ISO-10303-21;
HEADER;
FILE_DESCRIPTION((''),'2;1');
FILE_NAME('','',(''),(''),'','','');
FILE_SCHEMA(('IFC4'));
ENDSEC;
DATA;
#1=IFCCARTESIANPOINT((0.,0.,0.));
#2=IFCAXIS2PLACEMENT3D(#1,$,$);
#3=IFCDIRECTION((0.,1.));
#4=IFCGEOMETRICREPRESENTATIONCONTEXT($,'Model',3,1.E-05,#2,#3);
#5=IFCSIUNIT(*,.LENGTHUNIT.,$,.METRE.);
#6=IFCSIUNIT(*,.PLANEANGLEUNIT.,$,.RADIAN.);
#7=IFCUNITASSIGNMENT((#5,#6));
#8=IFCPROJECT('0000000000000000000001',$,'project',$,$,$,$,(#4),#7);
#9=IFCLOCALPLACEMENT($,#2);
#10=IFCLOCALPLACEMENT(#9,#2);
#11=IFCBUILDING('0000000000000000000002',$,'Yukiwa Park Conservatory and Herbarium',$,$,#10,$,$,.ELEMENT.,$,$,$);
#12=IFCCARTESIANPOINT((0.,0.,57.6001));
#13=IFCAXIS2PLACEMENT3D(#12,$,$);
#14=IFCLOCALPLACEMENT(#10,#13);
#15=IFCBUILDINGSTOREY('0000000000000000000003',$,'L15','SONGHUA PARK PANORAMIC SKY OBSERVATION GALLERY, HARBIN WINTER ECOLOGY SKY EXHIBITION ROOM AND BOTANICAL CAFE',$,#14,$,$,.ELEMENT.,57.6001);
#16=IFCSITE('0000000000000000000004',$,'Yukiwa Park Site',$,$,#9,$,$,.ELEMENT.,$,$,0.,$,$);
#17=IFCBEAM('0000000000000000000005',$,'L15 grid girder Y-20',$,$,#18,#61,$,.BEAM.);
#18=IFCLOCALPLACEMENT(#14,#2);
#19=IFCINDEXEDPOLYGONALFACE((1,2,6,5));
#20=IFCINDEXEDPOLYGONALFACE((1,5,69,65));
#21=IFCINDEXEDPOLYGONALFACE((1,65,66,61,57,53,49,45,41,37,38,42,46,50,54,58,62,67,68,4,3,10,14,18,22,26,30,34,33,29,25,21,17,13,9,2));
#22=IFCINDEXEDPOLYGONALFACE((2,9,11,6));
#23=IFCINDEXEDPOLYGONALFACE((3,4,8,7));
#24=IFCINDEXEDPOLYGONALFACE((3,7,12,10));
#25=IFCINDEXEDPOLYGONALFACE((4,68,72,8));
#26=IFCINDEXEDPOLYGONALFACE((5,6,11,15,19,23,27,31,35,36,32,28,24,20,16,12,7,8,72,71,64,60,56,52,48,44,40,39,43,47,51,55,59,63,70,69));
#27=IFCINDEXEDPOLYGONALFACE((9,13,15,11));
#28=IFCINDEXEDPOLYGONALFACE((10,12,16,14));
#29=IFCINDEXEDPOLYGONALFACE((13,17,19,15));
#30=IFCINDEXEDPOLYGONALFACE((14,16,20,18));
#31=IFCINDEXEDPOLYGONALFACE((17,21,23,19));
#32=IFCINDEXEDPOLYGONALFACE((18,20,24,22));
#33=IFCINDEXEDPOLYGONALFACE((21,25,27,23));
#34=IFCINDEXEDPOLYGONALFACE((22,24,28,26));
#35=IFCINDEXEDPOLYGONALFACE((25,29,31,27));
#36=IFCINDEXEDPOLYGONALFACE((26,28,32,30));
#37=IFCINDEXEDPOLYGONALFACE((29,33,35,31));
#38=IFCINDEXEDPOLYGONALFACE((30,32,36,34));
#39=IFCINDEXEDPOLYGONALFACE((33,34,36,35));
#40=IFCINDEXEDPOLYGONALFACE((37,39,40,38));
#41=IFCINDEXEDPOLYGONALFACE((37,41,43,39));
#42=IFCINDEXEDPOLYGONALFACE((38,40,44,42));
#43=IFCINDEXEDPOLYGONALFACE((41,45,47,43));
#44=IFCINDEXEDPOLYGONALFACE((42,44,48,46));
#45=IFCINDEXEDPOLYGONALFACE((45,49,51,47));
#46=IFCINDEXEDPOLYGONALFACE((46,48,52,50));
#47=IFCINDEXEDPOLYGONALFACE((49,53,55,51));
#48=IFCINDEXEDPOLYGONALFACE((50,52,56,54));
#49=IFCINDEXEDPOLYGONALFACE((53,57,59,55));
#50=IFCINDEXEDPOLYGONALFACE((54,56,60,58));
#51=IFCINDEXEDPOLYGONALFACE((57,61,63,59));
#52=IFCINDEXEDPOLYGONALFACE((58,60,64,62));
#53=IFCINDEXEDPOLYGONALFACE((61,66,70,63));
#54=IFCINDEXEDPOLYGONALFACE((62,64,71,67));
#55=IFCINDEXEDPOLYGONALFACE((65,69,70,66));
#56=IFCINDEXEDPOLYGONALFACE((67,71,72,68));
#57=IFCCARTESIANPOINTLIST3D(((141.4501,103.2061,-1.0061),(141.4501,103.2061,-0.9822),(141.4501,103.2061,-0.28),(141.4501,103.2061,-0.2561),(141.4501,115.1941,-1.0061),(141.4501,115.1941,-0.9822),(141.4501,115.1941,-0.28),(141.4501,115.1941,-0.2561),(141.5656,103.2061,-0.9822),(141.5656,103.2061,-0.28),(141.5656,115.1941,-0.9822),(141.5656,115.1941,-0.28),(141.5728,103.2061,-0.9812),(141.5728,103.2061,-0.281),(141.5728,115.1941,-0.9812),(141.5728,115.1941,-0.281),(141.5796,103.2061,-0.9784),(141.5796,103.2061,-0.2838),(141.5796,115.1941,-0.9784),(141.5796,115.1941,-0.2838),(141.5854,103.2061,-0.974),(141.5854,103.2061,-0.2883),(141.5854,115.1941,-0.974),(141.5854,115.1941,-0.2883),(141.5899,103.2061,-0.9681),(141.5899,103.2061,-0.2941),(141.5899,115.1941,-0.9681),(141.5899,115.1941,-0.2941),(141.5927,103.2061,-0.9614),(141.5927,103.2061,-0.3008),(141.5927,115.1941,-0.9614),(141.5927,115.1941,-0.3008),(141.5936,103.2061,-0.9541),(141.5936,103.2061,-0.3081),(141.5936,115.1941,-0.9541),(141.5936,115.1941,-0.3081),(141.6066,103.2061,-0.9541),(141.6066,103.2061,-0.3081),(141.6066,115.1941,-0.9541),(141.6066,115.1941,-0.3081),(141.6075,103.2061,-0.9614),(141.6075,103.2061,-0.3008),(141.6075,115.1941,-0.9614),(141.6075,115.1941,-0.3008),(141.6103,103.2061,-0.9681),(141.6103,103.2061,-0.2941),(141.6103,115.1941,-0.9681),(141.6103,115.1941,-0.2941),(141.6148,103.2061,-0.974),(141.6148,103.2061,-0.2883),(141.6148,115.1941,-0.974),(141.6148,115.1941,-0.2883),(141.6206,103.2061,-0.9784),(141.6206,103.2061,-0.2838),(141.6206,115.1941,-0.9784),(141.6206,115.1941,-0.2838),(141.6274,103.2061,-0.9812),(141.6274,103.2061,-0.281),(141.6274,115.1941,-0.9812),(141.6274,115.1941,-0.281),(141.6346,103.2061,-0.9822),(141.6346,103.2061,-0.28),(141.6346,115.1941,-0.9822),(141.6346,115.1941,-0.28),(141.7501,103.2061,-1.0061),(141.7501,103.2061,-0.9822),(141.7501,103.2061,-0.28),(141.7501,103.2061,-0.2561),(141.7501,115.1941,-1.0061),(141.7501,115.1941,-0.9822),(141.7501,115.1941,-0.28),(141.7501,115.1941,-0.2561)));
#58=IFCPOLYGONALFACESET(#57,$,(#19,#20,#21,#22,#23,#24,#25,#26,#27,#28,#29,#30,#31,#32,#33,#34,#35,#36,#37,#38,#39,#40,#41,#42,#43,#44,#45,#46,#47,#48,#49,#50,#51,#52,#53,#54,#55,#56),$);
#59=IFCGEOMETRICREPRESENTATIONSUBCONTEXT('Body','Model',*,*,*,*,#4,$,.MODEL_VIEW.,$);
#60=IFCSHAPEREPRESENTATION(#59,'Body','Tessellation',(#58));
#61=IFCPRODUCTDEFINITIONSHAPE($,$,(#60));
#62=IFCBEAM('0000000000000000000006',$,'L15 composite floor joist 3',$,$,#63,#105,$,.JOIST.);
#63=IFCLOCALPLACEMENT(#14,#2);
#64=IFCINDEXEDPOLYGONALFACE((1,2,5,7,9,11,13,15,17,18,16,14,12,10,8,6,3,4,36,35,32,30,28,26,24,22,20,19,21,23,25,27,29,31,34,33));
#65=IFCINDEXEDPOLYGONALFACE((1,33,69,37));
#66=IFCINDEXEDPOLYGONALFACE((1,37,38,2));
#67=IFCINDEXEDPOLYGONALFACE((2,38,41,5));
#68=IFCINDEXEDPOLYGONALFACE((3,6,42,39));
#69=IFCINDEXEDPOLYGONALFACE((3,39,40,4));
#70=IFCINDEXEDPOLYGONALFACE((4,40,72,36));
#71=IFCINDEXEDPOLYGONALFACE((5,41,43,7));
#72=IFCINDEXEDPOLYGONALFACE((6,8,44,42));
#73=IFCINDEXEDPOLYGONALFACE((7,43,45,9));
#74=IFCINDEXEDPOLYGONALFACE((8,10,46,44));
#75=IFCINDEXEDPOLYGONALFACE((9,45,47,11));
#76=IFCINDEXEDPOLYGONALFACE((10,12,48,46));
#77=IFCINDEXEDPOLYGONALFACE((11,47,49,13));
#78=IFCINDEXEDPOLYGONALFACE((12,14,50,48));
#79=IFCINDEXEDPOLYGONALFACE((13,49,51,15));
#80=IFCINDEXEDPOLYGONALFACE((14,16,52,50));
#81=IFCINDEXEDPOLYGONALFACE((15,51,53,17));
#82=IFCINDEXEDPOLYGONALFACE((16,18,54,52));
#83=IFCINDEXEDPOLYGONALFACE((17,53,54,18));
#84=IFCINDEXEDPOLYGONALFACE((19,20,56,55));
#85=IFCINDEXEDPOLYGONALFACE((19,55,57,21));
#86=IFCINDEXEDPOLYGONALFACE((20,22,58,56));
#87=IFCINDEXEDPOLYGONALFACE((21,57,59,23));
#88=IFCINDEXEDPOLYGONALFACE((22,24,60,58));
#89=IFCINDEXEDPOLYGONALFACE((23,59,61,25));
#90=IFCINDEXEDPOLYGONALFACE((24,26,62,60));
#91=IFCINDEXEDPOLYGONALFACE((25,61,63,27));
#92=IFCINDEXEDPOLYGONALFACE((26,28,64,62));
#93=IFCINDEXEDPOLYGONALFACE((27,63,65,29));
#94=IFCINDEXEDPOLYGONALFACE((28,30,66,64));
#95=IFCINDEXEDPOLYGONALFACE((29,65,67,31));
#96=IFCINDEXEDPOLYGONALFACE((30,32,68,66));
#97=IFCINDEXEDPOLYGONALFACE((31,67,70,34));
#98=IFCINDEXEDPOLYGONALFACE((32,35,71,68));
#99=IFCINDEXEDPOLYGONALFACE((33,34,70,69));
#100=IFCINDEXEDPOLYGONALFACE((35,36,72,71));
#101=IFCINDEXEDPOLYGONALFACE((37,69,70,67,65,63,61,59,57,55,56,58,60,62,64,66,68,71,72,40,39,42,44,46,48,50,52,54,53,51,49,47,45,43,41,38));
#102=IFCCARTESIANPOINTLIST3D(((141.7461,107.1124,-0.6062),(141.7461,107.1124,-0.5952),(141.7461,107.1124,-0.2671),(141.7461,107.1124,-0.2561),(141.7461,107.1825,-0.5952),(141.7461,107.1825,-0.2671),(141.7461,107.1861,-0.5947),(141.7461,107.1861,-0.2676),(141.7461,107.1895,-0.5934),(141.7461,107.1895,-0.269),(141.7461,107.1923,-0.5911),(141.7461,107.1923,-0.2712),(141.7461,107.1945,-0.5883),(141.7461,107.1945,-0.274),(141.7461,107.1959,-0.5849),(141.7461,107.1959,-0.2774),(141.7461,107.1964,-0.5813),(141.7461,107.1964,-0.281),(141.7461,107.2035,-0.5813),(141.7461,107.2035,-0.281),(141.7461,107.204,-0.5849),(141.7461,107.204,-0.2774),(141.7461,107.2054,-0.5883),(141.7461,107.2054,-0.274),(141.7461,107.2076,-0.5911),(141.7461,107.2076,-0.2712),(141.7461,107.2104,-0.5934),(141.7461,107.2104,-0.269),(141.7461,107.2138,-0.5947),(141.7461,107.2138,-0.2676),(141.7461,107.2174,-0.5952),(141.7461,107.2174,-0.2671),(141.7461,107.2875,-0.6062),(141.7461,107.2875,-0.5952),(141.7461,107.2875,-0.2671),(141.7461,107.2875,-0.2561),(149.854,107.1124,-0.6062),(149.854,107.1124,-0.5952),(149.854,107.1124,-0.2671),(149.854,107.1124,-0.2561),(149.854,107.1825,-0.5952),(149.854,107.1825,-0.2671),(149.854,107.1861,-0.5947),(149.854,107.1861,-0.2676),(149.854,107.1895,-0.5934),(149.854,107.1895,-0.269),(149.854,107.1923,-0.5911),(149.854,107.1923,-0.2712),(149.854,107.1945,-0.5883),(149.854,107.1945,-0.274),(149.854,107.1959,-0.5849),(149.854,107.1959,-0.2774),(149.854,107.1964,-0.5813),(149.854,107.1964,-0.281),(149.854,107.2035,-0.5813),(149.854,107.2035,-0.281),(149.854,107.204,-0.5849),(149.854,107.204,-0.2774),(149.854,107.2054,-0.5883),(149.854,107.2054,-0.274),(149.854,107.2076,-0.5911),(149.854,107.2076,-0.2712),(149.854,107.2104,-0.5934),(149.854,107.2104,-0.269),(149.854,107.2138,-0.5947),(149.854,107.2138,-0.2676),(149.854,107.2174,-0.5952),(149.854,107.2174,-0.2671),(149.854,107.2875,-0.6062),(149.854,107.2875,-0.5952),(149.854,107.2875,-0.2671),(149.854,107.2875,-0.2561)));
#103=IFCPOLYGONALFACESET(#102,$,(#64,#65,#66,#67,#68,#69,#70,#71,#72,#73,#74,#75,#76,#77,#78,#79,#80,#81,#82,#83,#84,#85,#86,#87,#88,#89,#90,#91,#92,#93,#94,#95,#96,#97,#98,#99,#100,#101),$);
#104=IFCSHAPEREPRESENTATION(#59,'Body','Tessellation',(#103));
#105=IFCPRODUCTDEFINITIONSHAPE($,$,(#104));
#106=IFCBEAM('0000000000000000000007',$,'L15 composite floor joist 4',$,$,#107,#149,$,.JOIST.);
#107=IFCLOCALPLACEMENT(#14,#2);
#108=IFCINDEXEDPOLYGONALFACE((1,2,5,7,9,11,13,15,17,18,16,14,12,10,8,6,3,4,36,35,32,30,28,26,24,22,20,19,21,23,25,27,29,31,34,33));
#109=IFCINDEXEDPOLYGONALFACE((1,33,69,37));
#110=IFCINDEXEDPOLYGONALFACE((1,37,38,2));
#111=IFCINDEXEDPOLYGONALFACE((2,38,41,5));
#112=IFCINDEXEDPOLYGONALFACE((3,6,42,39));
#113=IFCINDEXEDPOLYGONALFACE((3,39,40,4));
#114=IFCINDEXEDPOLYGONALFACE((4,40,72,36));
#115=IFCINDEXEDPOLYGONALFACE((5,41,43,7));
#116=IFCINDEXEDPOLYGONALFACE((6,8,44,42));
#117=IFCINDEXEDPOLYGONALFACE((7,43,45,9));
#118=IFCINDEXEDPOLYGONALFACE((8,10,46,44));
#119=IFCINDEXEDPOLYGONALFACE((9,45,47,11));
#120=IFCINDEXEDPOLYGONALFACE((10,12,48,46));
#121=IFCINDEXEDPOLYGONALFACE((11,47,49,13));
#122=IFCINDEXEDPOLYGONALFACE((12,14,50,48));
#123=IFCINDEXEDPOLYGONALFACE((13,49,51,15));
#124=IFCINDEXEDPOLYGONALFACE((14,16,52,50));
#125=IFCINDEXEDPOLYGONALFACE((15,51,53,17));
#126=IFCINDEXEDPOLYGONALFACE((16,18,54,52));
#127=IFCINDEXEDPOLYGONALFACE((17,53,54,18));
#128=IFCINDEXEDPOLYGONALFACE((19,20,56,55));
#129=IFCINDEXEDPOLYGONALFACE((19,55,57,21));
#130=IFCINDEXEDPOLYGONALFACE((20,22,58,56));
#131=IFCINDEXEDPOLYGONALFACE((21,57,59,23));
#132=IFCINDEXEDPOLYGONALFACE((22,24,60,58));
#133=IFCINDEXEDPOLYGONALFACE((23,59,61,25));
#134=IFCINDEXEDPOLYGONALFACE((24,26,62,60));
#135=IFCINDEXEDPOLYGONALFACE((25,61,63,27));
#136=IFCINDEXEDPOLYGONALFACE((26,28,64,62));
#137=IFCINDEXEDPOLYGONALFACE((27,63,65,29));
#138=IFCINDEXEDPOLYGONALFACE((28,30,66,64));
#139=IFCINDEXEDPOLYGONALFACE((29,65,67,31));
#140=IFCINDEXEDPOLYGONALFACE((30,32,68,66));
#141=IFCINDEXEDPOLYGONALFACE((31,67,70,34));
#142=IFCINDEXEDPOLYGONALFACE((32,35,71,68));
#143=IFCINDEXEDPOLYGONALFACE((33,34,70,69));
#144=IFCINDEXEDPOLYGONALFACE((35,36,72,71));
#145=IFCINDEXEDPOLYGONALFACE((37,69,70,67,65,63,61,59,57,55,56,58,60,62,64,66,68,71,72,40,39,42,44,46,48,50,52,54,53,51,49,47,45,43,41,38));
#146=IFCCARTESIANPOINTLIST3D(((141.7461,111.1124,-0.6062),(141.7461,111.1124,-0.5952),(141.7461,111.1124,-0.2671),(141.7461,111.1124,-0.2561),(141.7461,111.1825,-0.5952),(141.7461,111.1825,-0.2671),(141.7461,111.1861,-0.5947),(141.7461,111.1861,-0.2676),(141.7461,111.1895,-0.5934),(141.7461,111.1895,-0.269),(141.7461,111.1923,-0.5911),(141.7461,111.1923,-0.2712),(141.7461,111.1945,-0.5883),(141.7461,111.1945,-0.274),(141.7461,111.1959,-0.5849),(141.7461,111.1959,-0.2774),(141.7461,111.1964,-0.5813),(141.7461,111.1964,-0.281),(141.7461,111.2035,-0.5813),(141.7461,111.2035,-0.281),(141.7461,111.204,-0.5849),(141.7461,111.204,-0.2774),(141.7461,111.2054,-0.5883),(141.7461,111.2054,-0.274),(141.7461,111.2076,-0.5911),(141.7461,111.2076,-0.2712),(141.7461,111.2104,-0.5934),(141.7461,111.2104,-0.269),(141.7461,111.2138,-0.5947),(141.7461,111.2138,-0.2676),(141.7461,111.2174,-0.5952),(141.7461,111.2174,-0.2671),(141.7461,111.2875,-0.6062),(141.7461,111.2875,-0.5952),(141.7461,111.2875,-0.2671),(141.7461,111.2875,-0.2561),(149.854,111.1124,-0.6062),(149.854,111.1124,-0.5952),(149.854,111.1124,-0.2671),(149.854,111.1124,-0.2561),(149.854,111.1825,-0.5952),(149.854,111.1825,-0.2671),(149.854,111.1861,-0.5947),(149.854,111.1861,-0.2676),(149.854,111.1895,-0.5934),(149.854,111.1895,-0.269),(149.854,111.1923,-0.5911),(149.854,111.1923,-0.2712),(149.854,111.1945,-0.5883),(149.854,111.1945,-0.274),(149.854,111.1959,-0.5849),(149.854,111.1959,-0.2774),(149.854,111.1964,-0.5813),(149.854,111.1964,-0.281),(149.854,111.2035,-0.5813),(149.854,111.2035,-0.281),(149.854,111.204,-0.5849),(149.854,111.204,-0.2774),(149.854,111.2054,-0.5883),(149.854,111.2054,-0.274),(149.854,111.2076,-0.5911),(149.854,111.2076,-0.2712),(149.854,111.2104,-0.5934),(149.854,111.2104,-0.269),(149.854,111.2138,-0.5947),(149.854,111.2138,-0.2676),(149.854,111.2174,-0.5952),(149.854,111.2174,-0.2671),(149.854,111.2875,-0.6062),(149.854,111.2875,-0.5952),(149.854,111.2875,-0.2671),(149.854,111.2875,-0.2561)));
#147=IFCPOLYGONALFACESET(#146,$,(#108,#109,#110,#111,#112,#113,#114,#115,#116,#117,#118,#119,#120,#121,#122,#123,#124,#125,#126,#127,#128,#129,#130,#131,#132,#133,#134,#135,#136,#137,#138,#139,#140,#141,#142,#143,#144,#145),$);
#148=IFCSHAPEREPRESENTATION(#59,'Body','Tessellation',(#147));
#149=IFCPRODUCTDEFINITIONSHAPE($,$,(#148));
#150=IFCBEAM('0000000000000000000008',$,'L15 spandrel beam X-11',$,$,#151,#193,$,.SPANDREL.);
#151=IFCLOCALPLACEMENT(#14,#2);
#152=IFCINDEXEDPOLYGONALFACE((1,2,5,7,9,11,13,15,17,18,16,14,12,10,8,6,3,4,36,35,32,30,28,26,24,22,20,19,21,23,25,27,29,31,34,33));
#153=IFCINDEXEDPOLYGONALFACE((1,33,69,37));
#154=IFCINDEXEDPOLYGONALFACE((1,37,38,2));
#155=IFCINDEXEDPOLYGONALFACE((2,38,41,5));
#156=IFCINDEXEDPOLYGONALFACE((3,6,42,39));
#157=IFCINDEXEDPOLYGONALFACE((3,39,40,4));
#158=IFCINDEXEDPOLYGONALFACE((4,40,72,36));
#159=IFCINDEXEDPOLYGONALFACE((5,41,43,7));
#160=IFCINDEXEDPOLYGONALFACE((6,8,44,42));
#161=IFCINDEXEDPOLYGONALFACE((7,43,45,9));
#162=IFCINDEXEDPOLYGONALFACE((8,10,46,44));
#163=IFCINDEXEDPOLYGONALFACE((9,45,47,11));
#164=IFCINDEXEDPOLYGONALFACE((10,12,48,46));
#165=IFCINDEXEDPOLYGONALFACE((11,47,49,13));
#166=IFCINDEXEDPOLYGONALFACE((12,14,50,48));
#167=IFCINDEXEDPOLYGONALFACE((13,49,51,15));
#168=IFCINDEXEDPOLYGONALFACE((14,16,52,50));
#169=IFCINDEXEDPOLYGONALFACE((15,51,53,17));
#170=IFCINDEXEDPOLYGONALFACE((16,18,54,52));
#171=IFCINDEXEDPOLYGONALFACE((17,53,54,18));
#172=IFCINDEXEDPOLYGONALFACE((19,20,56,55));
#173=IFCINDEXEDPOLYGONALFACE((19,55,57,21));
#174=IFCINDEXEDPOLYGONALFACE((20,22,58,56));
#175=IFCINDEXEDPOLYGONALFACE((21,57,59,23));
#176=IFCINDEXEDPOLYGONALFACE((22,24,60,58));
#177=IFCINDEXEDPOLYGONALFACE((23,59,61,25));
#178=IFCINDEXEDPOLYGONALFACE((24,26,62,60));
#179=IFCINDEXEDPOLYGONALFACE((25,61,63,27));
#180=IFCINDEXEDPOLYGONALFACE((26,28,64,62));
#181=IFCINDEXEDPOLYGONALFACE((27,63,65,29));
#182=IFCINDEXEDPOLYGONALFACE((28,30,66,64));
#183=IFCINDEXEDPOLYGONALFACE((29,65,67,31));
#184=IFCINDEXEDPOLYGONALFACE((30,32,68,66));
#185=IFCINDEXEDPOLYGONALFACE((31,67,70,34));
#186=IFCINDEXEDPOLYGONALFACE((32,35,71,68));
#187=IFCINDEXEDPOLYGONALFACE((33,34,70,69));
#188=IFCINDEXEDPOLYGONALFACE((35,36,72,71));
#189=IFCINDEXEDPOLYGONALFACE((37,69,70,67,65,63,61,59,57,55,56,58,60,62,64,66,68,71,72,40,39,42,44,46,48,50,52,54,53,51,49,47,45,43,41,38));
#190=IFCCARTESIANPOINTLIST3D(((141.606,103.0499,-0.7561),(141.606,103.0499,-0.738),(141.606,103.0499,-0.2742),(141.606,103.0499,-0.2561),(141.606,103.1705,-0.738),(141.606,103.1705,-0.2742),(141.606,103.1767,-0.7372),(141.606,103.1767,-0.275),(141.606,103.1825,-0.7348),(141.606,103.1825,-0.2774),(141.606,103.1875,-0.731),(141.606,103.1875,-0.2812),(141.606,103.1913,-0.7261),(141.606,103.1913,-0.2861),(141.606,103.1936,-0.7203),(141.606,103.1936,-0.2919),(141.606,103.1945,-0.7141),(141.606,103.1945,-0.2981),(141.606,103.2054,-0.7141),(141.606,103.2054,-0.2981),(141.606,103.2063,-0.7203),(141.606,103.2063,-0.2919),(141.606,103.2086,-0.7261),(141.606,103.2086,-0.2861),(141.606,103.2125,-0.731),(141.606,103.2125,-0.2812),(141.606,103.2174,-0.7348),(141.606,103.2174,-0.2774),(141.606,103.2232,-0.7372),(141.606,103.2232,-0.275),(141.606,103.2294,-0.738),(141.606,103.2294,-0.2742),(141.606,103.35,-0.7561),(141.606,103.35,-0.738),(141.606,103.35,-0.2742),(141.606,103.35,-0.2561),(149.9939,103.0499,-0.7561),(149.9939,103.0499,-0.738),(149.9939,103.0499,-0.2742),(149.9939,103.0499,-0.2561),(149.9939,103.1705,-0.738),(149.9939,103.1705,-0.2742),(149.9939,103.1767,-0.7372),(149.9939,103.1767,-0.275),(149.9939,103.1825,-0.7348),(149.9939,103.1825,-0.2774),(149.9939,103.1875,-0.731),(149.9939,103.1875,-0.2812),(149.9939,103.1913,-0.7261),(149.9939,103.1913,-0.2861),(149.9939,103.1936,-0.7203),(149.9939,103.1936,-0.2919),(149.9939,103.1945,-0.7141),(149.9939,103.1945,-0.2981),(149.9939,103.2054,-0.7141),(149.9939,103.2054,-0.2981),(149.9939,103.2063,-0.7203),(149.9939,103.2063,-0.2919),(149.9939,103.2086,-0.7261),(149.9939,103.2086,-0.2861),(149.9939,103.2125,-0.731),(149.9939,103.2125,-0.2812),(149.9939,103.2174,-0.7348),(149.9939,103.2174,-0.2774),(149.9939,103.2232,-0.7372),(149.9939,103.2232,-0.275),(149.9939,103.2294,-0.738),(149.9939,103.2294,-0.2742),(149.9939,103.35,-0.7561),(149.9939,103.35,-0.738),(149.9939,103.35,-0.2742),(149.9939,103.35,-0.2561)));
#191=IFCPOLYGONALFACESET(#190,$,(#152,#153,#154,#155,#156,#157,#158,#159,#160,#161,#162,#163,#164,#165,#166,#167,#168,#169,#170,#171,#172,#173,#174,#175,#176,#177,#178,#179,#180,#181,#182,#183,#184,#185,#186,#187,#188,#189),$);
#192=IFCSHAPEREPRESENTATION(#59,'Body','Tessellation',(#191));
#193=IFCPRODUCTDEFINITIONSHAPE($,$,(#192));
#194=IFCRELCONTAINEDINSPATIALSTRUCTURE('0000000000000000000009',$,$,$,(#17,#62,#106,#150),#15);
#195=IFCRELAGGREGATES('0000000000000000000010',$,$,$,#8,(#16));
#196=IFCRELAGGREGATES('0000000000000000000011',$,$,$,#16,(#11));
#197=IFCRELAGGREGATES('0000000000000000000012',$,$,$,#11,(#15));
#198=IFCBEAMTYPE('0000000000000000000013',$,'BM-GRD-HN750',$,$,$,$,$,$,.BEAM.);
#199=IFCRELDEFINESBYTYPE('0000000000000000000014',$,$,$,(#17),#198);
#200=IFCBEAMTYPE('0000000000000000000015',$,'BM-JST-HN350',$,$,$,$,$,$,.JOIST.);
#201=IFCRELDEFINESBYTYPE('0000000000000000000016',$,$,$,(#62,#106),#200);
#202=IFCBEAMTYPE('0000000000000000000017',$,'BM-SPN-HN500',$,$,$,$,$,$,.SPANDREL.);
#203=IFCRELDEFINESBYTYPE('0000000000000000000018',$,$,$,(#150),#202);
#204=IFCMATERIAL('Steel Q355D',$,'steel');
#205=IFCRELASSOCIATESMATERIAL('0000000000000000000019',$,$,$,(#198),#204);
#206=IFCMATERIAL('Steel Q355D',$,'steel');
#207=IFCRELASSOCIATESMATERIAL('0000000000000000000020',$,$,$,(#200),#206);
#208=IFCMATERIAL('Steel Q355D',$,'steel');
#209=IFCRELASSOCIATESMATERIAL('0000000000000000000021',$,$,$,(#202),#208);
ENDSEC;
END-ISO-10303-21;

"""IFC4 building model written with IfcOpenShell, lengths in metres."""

from ifc_helpers import new_model, si_unit, direction, frame, origin, origin_2d, place, context, subcontext, project, spatial, i_section, extrude, material, material_profile, profile_set, type_object, element, save


model = new_model("IFC4")

# Units and contexts
model_context = context("Model", 3, precision=1e-05, world=origin(), true_north=direction((0.0, 1.0)))
body_context = subcontext(model_context, "Body", "Model", "MODEL_VIEW")
ifc_project = project(units=[si_unit("LENGTHUNIT", "METRE"), si_unit("PLANEANGLEUNIT", "RADIAN")], contexts=[model_context])

# Site, building, storey
site_placement = place(None, origin())
site = spatial("IfcSite", under=ifc_project, at=site_placement, Name="Yukiwa Park Site", CompositionType="ELEMENT", RefElevation=0.0)
building_placement = place(site_placement, origin())
building = spatial("IfcBuilding", under=site, at=building_placement, Name="Yukiwa Park Conservatory and Herbarium", CompositionType="ELEMENT")
storey_placement = place(building_placement, frame((0.0, 0.0, 57.6001)))
storey = spatial("IfcBuildingStorey", under=building, at=storey_placement, Name="L15", Description="SONGHUA PARK PANORAMIC SKY OBSERVATION GALLERY, HARBIN WINTER ECOLOGY SKY EXHIBITION ROOM AND BOTANICAL CAFE", CompositionType="ELEMENT", Elevation=57.6001)

# Beams
ifc_material_1 = material(Name="Steel Q355D", Category="steel")
ifc_material_profile_1 = material_profile(ifc_material_1, i_section(OverallWidth=0.3, OverallDepth=0.75, WebThickness=0.0129, FlangeThickness=0.0239, FilletRadius=0.0281, at=origin_2d()), Name="HN 750x300x13x24")
ifc_profile_set_1 = profile_set([ifc_material_profile_1], Name="Steel Q355D")
beam_type_1 = type_object("IfcBeamType", Name="BM-GRD-HN750", PredefinedType="BEAM", material=ifc_profile_set_1)
beam_1_placement = place(storey_placement, frame((141.6001, 103.2061, -0.6311), z_axis=(0.0, 1.0, 0.0), x_axis=(-1.0, 0.0, 0.0)))
element("IfcBeam", 1, at=beam_1_placement, inside=storey, type_object=beam_type_1, Name="L15 grid girder Y-20", PredefinedType="BEAM", context=body_context, shape_type="SweptSolid", body=[
    extrude(i_section(OverallWidth=0.3, OverallDepth=0.75, WebThickness=0.0129, FlangeThickness=0.0239, FilletRadius=0.0281, at=origin_2d()), origin(), (0.0, 0.0, 1.0), 11.988),
])
ifc_material_2 = material(Name="Steel Q355D", Category="steel")
ifc_material_profile_2 = material_profile(ifc_material_2, i_section(OverallWidth=0.175, OverallDepth=0.3501, WebThickness=0.0071, FlangeThickness=0.011, FilletRadius=0.0139, at=origin_2d()), Name="HN 350x175x7x11")
ifc_profile_set_2 = profile_set([ifc_material_profile_2], Name="Steel Q355D")
beam_type_2 = type_object("IfcBeamType", Name="BM-JST-HN350", PredefinedType="JOIST", material=ifc_profile_set_2)
for number, where, z_axis, x_axis, name in (
    (2, (141.7461, 107.2, -0.4312), (1.0, 0.0, 0.0), (0.0, 1.0, 0.0), "L15 composite floor joist 3"),
    (3, (141.7461, 111.2, -0.4312), (1.0, 0.0, 0.0), (0.0, 1.0, 0.0), "L15 composite floor joist 4"),
):
    element("IfcBeam", number, at=place(storey_placement, frame(where, z_axis=z_axis, x_axis=x_axis)), inside=storey, type_object=beam_type_2, Name=name, PredefinedType="JOIST", context=body_context, shape_type="SweptSolid", body=[
        extrude(i_section(OverallWidth=0.175, OverallDepth=0.3501, WebThickness=0.0071, FlangeThickness=0.011, FilletRadius=0.0139, at=origin_2d()), origin(), (0.0, 0.0, 1.0), 8.1079),
    ])
ifc_material_3 = material(Name="Steel Q355D", Category="steel")
ifc_material_profile_3 = material_profile(ifc_material_3, i_section(OverallWidth=0.3, OverallDepth=0.5, WebThickness=0.011, FlangeThickness=0.0181, FilletRadius=0.0239, at=origin_2d()), Name="HM 500x300x11x18")
ifc_profile_set_3 = profile_set([ifc_material_profile_3], Name="Steel Q355D")
beam_type_3 = type_object("IfcBeamType", Name="BM-SPN-HN500", PredefinedType="SPANDREL", material=ifc_profile_set_3)
for number, where, z_axis, x_axis, name in (
    (4, (141.606, 103.2, -0.5061), (1.0, 0.0, 0.0), (0.0, 1.0, 0.0), "L15 spandrel beam X-11"),
):
    element("IfcBeam", number, at=place(storey_placement, frame(where, z_axis=z_axis, x_axis=x_axis)), inside=storey, type_object=beam_type_3, Name=name, PredefinedType="SPANDREL", context=body_context, shape_type="SweptSolid", body=[
        extrude(i_section(OverallWidth=0.3, OverallDepth=0.5, WebThickness=0.011, FlangeThickness=0.0181, FilletRadius=0.0239, at=origin_2d()), origin(), (0.0, 0.0, 1.0), 8.3879),
    ])

save(model, "model.ifc")
